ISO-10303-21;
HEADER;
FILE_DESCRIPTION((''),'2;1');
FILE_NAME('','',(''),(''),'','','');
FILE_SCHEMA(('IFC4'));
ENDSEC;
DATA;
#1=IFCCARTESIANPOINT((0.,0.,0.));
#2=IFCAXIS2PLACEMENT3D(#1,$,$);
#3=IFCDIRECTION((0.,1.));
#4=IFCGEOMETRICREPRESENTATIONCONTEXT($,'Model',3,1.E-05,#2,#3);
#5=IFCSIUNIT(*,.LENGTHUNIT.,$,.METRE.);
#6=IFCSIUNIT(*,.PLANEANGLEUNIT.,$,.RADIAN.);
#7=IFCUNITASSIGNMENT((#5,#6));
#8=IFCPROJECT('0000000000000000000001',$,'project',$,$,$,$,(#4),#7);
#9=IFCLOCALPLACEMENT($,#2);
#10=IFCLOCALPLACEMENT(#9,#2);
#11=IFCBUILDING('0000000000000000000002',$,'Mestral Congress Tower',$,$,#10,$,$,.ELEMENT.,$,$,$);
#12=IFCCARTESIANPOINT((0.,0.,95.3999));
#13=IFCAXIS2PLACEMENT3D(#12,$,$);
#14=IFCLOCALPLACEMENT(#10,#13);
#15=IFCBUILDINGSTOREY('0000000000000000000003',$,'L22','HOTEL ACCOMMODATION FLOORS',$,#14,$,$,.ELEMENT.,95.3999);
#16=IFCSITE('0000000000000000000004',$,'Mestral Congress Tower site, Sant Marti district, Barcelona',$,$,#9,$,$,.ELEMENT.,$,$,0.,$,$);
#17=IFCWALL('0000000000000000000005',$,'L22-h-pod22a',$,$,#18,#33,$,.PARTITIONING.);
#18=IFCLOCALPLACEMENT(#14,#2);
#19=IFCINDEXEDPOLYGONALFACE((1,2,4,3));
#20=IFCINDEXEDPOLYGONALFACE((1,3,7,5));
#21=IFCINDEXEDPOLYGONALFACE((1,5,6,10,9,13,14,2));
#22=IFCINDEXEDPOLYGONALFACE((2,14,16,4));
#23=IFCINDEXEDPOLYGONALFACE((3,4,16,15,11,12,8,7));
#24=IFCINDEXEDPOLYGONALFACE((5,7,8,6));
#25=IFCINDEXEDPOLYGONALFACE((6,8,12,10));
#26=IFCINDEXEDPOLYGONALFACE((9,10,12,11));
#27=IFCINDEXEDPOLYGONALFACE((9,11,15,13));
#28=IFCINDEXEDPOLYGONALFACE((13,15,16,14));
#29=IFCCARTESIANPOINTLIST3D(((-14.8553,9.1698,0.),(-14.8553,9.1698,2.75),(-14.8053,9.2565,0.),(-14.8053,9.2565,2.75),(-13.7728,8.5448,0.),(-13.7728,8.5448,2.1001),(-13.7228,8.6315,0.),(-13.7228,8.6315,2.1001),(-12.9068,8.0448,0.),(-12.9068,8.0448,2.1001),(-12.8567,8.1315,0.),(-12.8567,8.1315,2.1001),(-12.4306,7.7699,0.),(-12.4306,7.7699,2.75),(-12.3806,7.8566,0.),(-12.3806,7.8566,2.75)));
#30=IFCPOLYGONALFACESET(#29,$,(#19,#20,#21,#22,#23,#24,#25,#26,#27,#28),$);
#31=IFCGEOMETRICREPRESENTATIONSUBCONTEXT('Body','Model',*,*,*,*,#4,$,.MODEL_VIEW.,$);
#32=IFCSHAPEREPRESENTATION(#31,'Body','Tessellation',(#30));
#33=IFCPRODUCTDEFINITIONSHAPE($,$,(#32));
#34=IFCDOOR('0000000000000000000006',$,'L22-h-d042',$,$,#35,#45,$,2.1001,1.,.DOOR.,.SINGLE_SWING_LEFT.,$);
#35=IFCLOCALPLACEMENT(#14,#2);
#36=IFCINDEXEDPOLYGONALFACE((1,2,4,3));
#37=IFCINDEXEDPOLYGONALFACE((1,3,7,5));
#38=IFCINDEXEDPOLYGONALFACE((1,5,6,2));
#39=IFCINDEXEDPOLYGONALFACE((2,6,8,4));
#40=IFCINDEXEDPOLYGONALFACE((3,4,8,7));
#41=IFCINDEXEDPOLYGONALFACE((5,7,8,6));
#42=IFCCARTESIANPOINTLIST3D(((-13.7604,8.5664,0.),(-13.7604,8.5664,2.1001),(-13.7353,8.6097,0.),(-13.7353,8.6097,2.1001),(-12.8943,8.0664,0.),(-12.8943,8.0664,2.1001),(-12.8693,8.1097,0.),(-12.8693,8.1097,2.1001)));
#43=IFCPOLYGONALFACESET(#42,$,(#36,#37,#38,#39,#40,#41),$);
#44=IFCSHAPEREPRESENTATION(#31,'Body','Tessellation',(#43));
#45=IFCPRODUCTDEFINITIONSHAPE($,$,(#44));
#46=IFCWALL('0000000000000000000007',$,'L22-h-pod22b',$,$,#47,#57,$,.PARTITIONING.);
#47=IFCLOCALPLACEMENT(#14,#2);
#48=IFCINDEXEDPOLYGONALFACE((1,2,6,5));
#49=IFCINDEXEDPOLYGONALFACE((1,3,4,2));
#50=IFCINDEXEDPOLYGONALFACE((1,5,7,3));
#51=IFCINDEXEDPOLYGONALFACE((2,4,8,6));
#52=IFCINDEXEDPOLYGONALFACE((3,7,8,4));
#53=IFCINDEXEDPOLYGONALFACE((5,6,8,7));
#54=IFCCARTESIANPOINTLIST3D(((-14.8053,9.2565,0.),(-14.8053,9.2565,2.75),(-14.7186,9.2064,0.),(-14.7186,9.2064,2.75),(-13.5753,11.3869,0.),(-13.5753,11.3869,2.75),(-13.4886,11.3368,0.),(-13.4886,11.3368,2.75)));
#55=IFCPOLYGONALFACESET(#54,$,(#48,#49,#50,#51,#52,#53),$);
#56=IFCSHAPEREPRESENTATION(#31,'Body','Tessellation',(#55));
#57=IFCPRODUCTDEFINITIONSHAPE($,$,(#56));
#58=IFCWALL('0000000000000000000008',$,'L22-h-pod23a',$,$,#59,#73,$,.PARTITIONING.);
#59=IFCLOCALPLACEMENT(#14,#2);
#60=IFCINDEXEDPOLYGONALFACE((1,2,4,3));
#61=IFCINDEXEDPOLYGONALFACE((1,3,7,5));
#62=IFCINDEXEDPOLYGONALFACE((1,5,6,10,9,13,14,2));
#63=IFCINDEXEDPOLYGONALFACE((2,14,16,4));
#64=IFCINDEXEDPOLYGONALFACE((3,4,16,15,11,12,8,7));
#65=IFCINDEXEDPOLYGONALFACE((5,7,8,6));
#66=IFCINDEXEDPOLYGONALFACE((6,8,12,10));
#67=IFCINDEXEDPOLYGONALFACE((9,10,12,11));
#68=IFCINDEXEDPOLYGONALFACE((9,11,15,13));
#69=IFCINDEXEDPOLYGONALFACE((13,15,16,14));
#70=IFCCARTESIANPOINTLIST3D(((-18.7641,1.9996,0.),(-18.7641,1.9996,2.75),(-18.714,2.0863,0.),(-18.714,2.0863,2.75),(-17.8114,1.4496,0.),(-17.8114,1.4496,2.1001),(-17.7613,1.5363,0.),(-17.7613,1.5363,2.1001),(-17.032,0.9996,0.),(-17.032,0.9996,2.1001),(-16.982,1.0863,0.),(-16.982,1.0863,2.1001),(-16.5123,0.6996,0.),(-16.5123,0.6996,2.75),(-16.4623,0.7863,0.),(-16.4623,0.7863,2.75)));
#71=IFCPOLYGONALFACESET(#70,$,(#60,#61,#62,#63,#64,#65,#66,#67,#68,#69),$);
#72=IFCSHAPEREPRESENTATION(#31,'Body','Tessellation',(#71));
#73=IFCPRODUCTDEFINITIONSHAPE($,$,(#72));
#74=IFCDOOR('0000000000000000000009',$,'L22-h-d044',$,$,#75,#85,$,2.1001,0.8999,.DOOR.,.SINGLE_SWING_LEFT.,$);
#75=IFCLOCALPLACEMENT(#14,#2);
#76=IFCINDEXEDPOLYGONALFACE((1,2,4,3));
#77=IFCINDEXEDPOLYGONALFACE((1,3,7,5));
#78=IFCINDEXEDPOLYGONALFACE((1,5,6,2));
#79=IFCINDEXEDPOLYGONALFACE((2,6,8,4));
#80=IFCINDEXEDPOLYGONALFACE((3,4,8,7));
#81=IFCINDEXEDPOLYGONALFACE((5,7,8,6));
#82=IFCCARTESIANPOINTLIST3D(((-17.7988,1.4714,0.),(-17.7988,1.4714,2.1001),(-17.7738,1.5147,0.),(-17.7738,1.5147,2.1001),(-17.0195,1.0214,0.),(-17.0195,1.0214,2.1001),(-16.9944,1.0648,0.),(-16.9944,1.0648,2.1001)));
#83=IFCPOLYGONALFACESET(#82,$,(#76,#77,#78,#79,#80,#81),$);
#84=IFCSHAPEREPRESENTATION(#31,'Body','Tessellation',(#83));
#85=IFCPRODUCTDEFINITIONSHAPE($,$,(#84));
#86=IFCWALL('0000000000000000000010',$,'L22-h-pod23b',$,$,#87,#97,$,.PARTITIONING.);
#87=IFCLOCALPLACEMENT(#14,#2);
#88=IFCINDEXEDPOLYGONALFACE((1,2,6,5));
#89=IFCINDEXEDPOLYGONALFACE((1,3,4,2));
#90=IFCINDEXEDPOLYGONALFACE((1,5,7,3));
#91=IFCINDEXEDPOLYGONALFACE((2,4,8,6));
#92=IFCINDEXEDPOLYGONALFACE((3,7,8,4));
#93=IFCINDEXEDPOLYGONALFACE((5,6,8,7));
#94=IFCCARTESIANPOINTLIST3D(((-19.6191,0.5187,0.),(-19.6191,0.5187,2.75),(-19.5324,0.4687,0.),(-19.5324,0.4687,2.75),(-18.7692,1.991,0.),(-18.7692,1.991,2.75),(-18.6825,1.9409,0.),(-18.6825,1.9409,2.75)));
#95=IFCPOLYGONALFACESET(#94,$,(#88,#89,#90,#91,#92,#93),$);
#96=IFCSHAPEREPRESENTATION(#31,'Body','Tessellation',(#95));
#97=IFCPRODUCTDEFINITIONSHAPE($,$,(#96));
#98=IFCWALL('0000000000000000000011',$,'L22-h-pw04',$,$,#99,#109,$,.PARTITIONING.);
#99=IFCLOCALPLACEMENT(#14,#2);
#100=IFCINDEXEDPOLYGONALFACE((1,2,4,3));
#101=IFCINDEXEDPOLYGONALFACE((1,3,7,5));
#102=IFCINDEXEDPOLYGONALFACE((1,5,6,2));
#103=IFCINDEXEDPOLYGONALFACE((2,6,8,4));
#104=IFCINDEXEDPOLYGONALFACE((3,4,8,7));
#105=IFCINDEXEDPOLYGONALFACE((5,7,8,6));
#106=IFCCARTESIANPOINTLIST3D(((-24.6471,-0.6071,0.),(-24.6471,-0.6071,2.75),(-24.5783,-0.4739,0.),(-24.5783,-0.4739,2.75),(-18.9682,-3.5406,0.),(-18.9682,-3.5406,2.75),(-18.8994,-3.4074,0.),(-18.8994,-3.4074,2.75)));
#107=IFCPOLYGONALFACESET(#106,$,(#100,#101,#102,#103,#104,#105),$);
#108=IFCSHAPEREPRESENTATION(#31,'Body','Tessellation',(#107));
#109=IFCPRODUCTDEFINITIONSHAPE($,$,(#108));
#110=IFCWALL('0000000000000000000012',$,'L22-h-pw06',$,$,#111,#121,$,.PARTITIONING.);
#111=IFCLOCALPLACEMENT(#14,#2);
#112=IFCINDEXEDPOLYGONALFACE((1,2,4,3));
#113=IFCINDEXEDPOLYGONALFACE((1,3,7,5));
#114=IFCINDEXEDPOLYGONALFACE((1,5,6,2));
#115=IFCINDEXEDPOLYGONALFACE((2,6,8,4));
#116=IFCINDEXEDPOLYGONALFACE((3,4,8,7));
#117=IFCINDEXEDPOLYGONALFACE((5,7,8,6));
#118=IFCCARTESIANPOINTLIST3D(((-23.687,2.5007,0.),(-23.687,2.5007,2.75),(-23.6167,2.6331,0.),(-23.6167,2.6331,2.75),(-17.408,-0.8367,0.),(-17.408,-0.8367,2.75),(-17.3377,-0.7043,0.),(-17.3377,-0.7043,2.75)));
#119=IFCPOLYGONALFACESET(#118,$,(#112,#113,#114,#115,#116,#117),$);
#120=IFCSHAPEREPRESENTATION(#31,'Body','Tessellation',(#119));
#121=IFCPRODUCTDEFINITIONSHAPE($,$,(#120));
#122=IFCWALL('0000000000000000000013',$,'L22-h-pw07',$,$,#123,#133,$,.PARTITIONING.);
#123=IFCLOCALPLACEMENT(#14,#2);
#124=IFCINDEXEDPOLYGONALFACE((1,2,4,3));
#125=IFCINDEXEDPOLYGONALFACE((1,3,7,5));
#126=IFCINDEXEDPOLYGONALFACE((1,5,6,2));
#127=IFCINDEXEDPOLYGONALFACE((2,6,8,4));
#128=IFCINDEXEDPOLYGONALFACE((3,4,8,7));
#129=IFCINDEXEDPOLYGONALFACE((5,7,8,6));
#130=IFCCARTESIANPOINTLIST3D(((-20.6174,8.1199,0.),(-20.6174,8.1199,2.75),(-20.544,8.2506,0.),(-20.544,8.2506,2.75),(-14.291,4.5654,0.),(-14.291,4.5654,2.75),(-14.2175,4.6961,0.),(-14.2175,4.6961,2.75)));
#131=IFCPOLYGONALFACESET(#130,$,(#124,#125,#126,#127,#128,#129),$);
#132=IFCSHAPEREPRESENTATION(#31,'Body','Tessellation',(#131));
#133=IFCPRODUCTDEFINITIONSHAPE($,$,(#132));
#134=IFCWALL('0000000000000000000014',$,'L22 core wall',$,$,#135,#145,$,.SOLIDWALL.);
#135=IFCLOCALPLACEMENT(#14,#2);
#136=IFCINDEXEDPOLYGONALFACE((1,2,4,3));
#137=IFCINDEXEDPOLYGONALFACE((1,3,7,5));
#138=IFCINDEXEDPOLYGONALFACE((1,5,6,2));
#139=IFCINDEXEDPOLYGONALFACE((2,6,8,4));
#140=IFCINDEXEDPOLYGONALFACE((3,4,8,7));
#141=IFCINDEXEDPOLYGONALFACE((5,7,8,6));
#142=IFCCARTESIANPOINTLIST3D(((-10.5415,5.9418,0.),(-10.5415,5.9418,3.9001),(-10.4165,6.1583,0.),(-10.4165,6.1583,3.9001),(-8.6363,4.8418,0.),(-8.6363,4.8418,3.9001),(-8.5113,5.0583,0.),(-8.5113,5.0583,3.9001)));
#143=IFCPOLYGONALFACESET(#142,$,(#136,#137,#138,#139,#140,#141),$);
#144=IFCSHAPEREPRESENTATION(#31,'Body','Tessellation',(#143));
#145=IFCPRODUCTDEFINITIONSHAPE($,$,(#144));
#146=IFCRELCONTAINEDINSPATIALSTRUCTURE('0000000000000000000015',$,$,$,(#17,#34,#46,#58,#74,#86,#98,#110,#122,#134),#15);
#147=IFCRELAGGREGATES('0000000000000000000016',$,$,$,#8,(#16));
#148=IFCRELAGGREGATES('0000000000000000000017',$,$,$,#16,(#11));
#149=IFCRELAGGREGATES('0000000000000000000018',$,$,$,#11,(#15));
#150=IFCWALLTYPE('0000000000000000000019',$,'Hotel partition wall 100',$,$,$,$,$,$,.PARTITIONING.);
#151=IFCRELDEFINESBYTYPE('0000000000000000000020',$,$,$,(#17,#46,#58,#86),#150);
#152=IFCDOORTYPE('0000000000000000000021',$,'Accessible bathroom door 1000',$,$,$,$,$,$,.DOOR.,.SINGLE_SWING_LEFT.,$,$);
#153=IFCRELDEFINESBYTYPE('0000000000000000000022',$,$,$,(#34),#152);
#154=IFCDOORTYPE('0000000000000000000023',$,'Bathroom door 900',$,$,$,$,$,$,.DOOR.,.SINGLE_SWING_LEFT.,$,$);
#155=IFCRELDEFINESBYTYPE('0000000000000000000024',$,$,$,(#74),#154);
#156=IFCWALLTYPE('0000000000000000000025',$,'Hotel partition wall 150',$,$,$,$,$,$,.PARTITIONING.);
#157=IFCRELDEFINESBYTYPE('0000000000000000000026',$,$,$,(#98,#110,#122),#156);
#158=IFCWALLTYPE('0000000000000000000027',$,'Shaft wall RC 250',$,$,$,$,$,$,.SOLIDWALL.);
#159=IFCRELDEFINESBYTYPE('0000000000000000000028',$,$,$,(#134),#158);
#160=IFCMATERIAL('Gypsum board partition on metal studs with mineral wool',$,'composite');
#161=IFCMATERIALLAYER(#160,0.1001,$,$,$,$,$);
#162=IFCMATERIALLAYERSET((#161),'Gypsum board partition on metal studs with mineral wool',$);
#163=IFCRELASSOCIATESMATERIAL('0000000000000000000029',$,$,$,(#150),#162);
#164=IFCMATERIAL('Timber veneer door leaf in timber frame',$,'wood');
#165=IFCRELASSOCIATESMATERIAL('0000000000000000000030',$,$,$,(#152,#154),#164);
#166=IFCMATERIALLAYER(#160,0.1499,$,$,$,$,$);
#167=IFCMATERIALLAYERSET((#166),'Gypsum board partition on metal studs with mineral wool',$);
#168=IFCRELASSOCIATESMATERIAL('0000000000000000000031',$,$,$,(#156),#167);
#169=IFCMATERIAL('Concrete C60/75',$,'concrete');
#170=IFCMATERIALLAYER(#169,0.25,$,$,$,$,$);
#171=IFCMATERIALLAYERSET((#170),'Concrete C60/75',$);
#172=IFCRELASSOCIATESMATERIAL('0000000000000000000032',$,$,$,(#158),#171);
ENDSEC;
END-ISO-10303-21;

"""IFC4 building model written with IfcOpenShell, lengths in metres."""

from ifc_helpers import new_model, si_unit, direction, frame, frame_2d, origin, place, context, subcontext, project, spatial, rectangle, extrude, material, layer, layer_set, type_object, element, fill, save


model = new_model("IFC4")

# Units and contexts
model_context = context("Model", 3, precision=1e-05, world=origin(), true_north=direction((0.0, 1.0)))
body_context = subcontext(model_context, "Body", "Model", "MODEL_VIEW")
ifc_project = project(units=[si_unit("LENGTHUNIT", "METRE"), si_unit("PLANEANGLEUNIT", "RADIAN")], contexts=[model_context])

# Site, building, storey
site_placement = place(None, origin())
site = spatial("IfcSite", under=ifc_project, at=site_placement, Name="Mestral Congress Tower site, Sant Marti district, Barcelona", CompositionType="ELEMENT", RefElevation=0.0)
building_placement = place(site_placement, origin())
building = spatial("IfcBuilding", under=site, at=building_placement, Name="Mestral Congress Tower", CompositionType="ELEMENT")
storey_placement = place(building_placement, frame((0.0, 0.0, 95.3999)))
storey = spatial("IfcBuildingStorey", under=building, at=storey_placement, Name="L22", Description="HOTEL ACCOMMODATION FLOORS", CompositionType="ELEMENT", Elevation=95.3999)

# Shared definitions
ifc_material_1 = material(Name="Concrete C60/75", Category="concrete")

# Wall, opening, door
ifc_material_2 = material(Name="Gypsum board partition on metal studs with mineral wool", Category="composite")
ifc_layer_1 = layer(ifc_material_2, 0.1001)
ifc_layer_set_1 = layer_set([ifc_layer_1], Name="Gypsum board partition on metal studs with mineral wool")
wall_type_1 = type_object("IfcWallType", Name="Hotel partition wall 100", PredefinedType="PARTITIONING", material=ifc_layer_set_1)
wall_1_placement = place(storey_placement, frame((-14.8303, 9.2131, 0.0), z_axis=(0.0, 0.0, 1.0), x_axis=(0.866035, -0.499984, 0.0)))
wall_1 = element("IfcWall", 1, at=wall_1_placement, inside=storey, type_object=wall_type_1, Name="L22-h-pod22a", PredefinedType="PARTITIONING", context=body_context, shape_type="SweptSolid", body=[
    extrude(rectangle(XDim=2.7998, YDim=0.1001, at=frame_2d((1.3999, 0.0))), origin(), (0.0, 0.0, 1.0), 2.75),
])
opening_1_placement = place(wall_1_placement, frame((1.25, 0.0, 0.0)))
opening_1 = element("IfcOpeningElement", 2, at=opening_1_placement, cuts=wall_1, PredefinedType="OPENING", context=body_context, shape_type="SweptSolid", body=[
    extrude(rectangle(XDim=1.0, YDim=2.1001, at=frame_2d((0.5, 1.05))), frame((0.0, 0.0601, 0.0), z_axis=(0.0, -1.0, 0.0), x_axis=(1.0, 0.0, 0.0)), (0.0, 0.0, 1.0), 0.1201),
])
ifc_material_3 = material(Name="Timber veneer door leaf in timber frame", Category="wood")
door_type_1 = type_object("IfcDoorType", Name="Accessible bathroom door 1000", OperationType="SINGLE_SWING_LEFT", PredefinedType="DOOR", material=ifc_material_3)
door_1_placement = place(opening_1_placement, origin())
door_1 = element("IfcDoor", 3, at=door_1_placement, inside=storey, type_object=door_type_1, Name="L22-h-d042", OperationType="SINGLE_SWING_LEFT", OverallHeight=2.1001, OverallWidth=1.0, PredefinedType="DOOR", context=body_context, shape_type="SweptSolid", body=[
    extrude(rectangle(XDim=1.0, YDim=2.1001, at=frame_2d((0.5, 1.05))), frame((0.0, 0.0249, 0.0), z_axis=(0.0, -1.0, 0.0), x_axis=(1.0, 0.0, 0.0)), (0.0, 0.0, 1.0), 0.05),
])
fill(opening_1, door_1)

# Wall
wall_2_placement = place(storey_placement, frame((-14.762, 9.2314, 0.0), z_axis=(0.0, 0.0, 1.0), x_axis=(0.500003, 0.866024, 0.0)))
element("IfcWall", 4, at=wall_2_placement, inside=storey, type_object=wall_type_1, Name="L22-h-pod22b", PredefinedType="PARTITIONING", context=body_context, shape_type="SweptSolid", body=[
    extrude(rectangle(XDim=2.46, YDim=0.1001, at=frame_2d((1.23, 0.0))), origin(), (0.0, 0.0, 1.0), 2.75),
])

# Wall, opening, door
wall_3_placement = place(storey_placement, frame((-16.4873, 0.7429, 0.0), z_axis=(0.0, 0.0, 1.0), x_axis=(-0.866021, 0.500007, 0.0)))
wall_3 = element("IfcWall", 5, at=wall_3_placement, inside=storey, type_object=wall_type_1, Name="L22-h-pod23a", PredefinedType="PARTITIONING", context=body_context, shape_type="SweptSolid", body=[
    extrude(rectangle(XDim=2.6001, YDim=0.1001, at=frame_2d((1.3, 0.0))), origin(), (0.0, 0.0, 1.0), 2.75),
])
opening_2_placement = place(wall_3_placement, frame((0.6001, 0.0, 0.0)))
opening_2 = element("IfcOpeningElement", 6, at=opening_2_placement, cuts=wall_3, PredefinedType="OPENING", context=body_context, shape_type="SweptSolid", body=[
    extrude(rectangle(XDim=0.8999, YDim=2.1001, at=frame_2d((0.45, 1.05))), frame((0.0, 0.0601, 0.0), z_axis=(0.0, -1.0, 0.0), x_axis=(1.0, 0.0, 0.0)), (0.0, 0.0, 1.0), 0.1201),
])
door_type_2 = type_object("IfcDoorType", Name="Bathroom door 900", OperationType="SINGLE_SWING_LEFT", PredefinedType="DOOR", material=ifc_material_3)
door_2_placement = place(opening_2_placement, origin())
door_2 = element("IfcDoor", 7, at=door_2_placement, inside=storey, type_object=door_type_2, Name="L22-h-d044", OperationType="SINGLE_SWING_LEFT", OverallHeight=2.1001, OverallWidth=0.8999, PredefinedType="DOOR", context=body_context, shape_type="SweptSolid", body=[
    extrude(rectangle(XDim=0.8999, YDim=2.1001, at=frame_2d((0.45, 1.05))), frame((0.0, 0.0249, 0.0), z_axis=(0.0, -1.0, 0.0), x_axis=(1.0, 0.0, 0.0)), (0.0, 0.0, 1.0), 0.05),
])
fill(opening_2, door_2)

# Walls
wall_4_placement = place(storey_placement, frame((-18.7258, 1.9661, 0.0), z_axis=(0.0, 0.0, 1.0), x_axis=(-0.499955, -0.866052, 0.0)))
element("IfcWall", 8, at=wall_4_placement, inside=storey, type_object=wall_type_1, Name="L22-h-pod23b", PredefinedType="PARTITIONING", context=body_context, shape_type="SweptSolid", body=[
    extrude(rectangle(XDim=1.7, YDim=0.1001, at=frame_2d((0.8501, 0.0))), origin(), (0.0, 0.0, 1.0), 2.75),
])
ifc_layer_2 = layer(ifc_material_2, 0.1499)
ifc_layer_set_2 = layer_set([ifc_layer_2], Name="Gypsum board partition on metal studs with mineral wool")
wall_type_2 = type_object("IfcWallType", Name="Hotel partition wall 150", PredefinedType="PARTITIONING", material=ifc_layer_set_2)
wall_5_placement = place(storey_placement, frame((-24.6125, -0.5405, 0.0), z_axis=(0.0, 0.0, 1.0), x_axis=(0.88846, -0.458954, 0.0)))
element("IfcWall", 9, at=wall_5_placement, inside=storey, type_object=wall_type_2, Name="L22-h-pw04", PredefinedType="PARTITIONING", context=body_context, shape_type="SweptSolid", body=[
    extrude(rectangle(XDim=6.3918, YDim=0.1499, at=frame_2d((3.1958, 0.0))), origin(), (0.0, 0.0, 1.0), 2.75),
])
wall_6_placement = place(storey_placement, frame((-23.6519, 2.5669, 0.0), z_axis=(0.0, 0.0, 1.0), x_axis=(0.883019, -0.469337, 0.0)))
element("IfcWall", 10, at=wall_6_placement, inside=storey, type_object=wall_type_2, Name="L22-h-pw06", PredefinedType="PARTITIONING", context=body_context, shape_type="SweptSolid", body=[
    extrude(rectangle(XDim=7.1108, YDim=0.1499, at=frame_2d((3.5554, 0.0))), origin(), (0.0, 0.0, 1.0), 2.75),
])
wall_7_placement = place(storey_placement, frame((-20.5808, 8.1853, 0.0), z_axis=(0.0, 0.0, 1.0), x_axis=(0.871821, -0.489825, 0.0)))
element("IfcWall", 11, at=wall_7_placement, inside=storey, type_object=wall_type_2, Name="L22-h-pw07", PredefinedType="PARTITIONING", context=body_context, shape_type="SweptSolid", body=[
    extrude(rectangle(XDim=7.2566, YDim=0.1499, at=frame_2d((3.6284, 0.0))), origin(), (0.0, 0.0, 1.0), 2.75),
])
ifc_layer_3 = layer(ifc_material_1, 0.25)
ifc_layer_set_3 = layer_set([ifc_layer_3], Name="Concrete C60/75")
wall_type_3 = type_object("IfcWallType", Name="Shaft wall RC 250", PredefinedType="SOLIDWALL", material=ifc_layer_set_3)
wall_8_placement = place(storey_placement, frame((-8.5737, 4.95, 0.0), z_axis=(0.0, 0.0, 1.0), x_axis=(-0.866008, 0.50003, 0.0)))
element("IfcWall", 12, at=wall_8_placement, inside=storey, type_object=wall_type_3, Name="L22 core wall", PredefinedType="SOLIDWALL", context=body_context, shape_type="SweptSolid", body=[
    extrude(rectangle(XDim=2.2, YDim=0.25, at=frame_2d((1.1001, 0.0))), origin(), (0.0, 0.0, 1.0), 3.9001),
])

save(model, "model.ifc")
